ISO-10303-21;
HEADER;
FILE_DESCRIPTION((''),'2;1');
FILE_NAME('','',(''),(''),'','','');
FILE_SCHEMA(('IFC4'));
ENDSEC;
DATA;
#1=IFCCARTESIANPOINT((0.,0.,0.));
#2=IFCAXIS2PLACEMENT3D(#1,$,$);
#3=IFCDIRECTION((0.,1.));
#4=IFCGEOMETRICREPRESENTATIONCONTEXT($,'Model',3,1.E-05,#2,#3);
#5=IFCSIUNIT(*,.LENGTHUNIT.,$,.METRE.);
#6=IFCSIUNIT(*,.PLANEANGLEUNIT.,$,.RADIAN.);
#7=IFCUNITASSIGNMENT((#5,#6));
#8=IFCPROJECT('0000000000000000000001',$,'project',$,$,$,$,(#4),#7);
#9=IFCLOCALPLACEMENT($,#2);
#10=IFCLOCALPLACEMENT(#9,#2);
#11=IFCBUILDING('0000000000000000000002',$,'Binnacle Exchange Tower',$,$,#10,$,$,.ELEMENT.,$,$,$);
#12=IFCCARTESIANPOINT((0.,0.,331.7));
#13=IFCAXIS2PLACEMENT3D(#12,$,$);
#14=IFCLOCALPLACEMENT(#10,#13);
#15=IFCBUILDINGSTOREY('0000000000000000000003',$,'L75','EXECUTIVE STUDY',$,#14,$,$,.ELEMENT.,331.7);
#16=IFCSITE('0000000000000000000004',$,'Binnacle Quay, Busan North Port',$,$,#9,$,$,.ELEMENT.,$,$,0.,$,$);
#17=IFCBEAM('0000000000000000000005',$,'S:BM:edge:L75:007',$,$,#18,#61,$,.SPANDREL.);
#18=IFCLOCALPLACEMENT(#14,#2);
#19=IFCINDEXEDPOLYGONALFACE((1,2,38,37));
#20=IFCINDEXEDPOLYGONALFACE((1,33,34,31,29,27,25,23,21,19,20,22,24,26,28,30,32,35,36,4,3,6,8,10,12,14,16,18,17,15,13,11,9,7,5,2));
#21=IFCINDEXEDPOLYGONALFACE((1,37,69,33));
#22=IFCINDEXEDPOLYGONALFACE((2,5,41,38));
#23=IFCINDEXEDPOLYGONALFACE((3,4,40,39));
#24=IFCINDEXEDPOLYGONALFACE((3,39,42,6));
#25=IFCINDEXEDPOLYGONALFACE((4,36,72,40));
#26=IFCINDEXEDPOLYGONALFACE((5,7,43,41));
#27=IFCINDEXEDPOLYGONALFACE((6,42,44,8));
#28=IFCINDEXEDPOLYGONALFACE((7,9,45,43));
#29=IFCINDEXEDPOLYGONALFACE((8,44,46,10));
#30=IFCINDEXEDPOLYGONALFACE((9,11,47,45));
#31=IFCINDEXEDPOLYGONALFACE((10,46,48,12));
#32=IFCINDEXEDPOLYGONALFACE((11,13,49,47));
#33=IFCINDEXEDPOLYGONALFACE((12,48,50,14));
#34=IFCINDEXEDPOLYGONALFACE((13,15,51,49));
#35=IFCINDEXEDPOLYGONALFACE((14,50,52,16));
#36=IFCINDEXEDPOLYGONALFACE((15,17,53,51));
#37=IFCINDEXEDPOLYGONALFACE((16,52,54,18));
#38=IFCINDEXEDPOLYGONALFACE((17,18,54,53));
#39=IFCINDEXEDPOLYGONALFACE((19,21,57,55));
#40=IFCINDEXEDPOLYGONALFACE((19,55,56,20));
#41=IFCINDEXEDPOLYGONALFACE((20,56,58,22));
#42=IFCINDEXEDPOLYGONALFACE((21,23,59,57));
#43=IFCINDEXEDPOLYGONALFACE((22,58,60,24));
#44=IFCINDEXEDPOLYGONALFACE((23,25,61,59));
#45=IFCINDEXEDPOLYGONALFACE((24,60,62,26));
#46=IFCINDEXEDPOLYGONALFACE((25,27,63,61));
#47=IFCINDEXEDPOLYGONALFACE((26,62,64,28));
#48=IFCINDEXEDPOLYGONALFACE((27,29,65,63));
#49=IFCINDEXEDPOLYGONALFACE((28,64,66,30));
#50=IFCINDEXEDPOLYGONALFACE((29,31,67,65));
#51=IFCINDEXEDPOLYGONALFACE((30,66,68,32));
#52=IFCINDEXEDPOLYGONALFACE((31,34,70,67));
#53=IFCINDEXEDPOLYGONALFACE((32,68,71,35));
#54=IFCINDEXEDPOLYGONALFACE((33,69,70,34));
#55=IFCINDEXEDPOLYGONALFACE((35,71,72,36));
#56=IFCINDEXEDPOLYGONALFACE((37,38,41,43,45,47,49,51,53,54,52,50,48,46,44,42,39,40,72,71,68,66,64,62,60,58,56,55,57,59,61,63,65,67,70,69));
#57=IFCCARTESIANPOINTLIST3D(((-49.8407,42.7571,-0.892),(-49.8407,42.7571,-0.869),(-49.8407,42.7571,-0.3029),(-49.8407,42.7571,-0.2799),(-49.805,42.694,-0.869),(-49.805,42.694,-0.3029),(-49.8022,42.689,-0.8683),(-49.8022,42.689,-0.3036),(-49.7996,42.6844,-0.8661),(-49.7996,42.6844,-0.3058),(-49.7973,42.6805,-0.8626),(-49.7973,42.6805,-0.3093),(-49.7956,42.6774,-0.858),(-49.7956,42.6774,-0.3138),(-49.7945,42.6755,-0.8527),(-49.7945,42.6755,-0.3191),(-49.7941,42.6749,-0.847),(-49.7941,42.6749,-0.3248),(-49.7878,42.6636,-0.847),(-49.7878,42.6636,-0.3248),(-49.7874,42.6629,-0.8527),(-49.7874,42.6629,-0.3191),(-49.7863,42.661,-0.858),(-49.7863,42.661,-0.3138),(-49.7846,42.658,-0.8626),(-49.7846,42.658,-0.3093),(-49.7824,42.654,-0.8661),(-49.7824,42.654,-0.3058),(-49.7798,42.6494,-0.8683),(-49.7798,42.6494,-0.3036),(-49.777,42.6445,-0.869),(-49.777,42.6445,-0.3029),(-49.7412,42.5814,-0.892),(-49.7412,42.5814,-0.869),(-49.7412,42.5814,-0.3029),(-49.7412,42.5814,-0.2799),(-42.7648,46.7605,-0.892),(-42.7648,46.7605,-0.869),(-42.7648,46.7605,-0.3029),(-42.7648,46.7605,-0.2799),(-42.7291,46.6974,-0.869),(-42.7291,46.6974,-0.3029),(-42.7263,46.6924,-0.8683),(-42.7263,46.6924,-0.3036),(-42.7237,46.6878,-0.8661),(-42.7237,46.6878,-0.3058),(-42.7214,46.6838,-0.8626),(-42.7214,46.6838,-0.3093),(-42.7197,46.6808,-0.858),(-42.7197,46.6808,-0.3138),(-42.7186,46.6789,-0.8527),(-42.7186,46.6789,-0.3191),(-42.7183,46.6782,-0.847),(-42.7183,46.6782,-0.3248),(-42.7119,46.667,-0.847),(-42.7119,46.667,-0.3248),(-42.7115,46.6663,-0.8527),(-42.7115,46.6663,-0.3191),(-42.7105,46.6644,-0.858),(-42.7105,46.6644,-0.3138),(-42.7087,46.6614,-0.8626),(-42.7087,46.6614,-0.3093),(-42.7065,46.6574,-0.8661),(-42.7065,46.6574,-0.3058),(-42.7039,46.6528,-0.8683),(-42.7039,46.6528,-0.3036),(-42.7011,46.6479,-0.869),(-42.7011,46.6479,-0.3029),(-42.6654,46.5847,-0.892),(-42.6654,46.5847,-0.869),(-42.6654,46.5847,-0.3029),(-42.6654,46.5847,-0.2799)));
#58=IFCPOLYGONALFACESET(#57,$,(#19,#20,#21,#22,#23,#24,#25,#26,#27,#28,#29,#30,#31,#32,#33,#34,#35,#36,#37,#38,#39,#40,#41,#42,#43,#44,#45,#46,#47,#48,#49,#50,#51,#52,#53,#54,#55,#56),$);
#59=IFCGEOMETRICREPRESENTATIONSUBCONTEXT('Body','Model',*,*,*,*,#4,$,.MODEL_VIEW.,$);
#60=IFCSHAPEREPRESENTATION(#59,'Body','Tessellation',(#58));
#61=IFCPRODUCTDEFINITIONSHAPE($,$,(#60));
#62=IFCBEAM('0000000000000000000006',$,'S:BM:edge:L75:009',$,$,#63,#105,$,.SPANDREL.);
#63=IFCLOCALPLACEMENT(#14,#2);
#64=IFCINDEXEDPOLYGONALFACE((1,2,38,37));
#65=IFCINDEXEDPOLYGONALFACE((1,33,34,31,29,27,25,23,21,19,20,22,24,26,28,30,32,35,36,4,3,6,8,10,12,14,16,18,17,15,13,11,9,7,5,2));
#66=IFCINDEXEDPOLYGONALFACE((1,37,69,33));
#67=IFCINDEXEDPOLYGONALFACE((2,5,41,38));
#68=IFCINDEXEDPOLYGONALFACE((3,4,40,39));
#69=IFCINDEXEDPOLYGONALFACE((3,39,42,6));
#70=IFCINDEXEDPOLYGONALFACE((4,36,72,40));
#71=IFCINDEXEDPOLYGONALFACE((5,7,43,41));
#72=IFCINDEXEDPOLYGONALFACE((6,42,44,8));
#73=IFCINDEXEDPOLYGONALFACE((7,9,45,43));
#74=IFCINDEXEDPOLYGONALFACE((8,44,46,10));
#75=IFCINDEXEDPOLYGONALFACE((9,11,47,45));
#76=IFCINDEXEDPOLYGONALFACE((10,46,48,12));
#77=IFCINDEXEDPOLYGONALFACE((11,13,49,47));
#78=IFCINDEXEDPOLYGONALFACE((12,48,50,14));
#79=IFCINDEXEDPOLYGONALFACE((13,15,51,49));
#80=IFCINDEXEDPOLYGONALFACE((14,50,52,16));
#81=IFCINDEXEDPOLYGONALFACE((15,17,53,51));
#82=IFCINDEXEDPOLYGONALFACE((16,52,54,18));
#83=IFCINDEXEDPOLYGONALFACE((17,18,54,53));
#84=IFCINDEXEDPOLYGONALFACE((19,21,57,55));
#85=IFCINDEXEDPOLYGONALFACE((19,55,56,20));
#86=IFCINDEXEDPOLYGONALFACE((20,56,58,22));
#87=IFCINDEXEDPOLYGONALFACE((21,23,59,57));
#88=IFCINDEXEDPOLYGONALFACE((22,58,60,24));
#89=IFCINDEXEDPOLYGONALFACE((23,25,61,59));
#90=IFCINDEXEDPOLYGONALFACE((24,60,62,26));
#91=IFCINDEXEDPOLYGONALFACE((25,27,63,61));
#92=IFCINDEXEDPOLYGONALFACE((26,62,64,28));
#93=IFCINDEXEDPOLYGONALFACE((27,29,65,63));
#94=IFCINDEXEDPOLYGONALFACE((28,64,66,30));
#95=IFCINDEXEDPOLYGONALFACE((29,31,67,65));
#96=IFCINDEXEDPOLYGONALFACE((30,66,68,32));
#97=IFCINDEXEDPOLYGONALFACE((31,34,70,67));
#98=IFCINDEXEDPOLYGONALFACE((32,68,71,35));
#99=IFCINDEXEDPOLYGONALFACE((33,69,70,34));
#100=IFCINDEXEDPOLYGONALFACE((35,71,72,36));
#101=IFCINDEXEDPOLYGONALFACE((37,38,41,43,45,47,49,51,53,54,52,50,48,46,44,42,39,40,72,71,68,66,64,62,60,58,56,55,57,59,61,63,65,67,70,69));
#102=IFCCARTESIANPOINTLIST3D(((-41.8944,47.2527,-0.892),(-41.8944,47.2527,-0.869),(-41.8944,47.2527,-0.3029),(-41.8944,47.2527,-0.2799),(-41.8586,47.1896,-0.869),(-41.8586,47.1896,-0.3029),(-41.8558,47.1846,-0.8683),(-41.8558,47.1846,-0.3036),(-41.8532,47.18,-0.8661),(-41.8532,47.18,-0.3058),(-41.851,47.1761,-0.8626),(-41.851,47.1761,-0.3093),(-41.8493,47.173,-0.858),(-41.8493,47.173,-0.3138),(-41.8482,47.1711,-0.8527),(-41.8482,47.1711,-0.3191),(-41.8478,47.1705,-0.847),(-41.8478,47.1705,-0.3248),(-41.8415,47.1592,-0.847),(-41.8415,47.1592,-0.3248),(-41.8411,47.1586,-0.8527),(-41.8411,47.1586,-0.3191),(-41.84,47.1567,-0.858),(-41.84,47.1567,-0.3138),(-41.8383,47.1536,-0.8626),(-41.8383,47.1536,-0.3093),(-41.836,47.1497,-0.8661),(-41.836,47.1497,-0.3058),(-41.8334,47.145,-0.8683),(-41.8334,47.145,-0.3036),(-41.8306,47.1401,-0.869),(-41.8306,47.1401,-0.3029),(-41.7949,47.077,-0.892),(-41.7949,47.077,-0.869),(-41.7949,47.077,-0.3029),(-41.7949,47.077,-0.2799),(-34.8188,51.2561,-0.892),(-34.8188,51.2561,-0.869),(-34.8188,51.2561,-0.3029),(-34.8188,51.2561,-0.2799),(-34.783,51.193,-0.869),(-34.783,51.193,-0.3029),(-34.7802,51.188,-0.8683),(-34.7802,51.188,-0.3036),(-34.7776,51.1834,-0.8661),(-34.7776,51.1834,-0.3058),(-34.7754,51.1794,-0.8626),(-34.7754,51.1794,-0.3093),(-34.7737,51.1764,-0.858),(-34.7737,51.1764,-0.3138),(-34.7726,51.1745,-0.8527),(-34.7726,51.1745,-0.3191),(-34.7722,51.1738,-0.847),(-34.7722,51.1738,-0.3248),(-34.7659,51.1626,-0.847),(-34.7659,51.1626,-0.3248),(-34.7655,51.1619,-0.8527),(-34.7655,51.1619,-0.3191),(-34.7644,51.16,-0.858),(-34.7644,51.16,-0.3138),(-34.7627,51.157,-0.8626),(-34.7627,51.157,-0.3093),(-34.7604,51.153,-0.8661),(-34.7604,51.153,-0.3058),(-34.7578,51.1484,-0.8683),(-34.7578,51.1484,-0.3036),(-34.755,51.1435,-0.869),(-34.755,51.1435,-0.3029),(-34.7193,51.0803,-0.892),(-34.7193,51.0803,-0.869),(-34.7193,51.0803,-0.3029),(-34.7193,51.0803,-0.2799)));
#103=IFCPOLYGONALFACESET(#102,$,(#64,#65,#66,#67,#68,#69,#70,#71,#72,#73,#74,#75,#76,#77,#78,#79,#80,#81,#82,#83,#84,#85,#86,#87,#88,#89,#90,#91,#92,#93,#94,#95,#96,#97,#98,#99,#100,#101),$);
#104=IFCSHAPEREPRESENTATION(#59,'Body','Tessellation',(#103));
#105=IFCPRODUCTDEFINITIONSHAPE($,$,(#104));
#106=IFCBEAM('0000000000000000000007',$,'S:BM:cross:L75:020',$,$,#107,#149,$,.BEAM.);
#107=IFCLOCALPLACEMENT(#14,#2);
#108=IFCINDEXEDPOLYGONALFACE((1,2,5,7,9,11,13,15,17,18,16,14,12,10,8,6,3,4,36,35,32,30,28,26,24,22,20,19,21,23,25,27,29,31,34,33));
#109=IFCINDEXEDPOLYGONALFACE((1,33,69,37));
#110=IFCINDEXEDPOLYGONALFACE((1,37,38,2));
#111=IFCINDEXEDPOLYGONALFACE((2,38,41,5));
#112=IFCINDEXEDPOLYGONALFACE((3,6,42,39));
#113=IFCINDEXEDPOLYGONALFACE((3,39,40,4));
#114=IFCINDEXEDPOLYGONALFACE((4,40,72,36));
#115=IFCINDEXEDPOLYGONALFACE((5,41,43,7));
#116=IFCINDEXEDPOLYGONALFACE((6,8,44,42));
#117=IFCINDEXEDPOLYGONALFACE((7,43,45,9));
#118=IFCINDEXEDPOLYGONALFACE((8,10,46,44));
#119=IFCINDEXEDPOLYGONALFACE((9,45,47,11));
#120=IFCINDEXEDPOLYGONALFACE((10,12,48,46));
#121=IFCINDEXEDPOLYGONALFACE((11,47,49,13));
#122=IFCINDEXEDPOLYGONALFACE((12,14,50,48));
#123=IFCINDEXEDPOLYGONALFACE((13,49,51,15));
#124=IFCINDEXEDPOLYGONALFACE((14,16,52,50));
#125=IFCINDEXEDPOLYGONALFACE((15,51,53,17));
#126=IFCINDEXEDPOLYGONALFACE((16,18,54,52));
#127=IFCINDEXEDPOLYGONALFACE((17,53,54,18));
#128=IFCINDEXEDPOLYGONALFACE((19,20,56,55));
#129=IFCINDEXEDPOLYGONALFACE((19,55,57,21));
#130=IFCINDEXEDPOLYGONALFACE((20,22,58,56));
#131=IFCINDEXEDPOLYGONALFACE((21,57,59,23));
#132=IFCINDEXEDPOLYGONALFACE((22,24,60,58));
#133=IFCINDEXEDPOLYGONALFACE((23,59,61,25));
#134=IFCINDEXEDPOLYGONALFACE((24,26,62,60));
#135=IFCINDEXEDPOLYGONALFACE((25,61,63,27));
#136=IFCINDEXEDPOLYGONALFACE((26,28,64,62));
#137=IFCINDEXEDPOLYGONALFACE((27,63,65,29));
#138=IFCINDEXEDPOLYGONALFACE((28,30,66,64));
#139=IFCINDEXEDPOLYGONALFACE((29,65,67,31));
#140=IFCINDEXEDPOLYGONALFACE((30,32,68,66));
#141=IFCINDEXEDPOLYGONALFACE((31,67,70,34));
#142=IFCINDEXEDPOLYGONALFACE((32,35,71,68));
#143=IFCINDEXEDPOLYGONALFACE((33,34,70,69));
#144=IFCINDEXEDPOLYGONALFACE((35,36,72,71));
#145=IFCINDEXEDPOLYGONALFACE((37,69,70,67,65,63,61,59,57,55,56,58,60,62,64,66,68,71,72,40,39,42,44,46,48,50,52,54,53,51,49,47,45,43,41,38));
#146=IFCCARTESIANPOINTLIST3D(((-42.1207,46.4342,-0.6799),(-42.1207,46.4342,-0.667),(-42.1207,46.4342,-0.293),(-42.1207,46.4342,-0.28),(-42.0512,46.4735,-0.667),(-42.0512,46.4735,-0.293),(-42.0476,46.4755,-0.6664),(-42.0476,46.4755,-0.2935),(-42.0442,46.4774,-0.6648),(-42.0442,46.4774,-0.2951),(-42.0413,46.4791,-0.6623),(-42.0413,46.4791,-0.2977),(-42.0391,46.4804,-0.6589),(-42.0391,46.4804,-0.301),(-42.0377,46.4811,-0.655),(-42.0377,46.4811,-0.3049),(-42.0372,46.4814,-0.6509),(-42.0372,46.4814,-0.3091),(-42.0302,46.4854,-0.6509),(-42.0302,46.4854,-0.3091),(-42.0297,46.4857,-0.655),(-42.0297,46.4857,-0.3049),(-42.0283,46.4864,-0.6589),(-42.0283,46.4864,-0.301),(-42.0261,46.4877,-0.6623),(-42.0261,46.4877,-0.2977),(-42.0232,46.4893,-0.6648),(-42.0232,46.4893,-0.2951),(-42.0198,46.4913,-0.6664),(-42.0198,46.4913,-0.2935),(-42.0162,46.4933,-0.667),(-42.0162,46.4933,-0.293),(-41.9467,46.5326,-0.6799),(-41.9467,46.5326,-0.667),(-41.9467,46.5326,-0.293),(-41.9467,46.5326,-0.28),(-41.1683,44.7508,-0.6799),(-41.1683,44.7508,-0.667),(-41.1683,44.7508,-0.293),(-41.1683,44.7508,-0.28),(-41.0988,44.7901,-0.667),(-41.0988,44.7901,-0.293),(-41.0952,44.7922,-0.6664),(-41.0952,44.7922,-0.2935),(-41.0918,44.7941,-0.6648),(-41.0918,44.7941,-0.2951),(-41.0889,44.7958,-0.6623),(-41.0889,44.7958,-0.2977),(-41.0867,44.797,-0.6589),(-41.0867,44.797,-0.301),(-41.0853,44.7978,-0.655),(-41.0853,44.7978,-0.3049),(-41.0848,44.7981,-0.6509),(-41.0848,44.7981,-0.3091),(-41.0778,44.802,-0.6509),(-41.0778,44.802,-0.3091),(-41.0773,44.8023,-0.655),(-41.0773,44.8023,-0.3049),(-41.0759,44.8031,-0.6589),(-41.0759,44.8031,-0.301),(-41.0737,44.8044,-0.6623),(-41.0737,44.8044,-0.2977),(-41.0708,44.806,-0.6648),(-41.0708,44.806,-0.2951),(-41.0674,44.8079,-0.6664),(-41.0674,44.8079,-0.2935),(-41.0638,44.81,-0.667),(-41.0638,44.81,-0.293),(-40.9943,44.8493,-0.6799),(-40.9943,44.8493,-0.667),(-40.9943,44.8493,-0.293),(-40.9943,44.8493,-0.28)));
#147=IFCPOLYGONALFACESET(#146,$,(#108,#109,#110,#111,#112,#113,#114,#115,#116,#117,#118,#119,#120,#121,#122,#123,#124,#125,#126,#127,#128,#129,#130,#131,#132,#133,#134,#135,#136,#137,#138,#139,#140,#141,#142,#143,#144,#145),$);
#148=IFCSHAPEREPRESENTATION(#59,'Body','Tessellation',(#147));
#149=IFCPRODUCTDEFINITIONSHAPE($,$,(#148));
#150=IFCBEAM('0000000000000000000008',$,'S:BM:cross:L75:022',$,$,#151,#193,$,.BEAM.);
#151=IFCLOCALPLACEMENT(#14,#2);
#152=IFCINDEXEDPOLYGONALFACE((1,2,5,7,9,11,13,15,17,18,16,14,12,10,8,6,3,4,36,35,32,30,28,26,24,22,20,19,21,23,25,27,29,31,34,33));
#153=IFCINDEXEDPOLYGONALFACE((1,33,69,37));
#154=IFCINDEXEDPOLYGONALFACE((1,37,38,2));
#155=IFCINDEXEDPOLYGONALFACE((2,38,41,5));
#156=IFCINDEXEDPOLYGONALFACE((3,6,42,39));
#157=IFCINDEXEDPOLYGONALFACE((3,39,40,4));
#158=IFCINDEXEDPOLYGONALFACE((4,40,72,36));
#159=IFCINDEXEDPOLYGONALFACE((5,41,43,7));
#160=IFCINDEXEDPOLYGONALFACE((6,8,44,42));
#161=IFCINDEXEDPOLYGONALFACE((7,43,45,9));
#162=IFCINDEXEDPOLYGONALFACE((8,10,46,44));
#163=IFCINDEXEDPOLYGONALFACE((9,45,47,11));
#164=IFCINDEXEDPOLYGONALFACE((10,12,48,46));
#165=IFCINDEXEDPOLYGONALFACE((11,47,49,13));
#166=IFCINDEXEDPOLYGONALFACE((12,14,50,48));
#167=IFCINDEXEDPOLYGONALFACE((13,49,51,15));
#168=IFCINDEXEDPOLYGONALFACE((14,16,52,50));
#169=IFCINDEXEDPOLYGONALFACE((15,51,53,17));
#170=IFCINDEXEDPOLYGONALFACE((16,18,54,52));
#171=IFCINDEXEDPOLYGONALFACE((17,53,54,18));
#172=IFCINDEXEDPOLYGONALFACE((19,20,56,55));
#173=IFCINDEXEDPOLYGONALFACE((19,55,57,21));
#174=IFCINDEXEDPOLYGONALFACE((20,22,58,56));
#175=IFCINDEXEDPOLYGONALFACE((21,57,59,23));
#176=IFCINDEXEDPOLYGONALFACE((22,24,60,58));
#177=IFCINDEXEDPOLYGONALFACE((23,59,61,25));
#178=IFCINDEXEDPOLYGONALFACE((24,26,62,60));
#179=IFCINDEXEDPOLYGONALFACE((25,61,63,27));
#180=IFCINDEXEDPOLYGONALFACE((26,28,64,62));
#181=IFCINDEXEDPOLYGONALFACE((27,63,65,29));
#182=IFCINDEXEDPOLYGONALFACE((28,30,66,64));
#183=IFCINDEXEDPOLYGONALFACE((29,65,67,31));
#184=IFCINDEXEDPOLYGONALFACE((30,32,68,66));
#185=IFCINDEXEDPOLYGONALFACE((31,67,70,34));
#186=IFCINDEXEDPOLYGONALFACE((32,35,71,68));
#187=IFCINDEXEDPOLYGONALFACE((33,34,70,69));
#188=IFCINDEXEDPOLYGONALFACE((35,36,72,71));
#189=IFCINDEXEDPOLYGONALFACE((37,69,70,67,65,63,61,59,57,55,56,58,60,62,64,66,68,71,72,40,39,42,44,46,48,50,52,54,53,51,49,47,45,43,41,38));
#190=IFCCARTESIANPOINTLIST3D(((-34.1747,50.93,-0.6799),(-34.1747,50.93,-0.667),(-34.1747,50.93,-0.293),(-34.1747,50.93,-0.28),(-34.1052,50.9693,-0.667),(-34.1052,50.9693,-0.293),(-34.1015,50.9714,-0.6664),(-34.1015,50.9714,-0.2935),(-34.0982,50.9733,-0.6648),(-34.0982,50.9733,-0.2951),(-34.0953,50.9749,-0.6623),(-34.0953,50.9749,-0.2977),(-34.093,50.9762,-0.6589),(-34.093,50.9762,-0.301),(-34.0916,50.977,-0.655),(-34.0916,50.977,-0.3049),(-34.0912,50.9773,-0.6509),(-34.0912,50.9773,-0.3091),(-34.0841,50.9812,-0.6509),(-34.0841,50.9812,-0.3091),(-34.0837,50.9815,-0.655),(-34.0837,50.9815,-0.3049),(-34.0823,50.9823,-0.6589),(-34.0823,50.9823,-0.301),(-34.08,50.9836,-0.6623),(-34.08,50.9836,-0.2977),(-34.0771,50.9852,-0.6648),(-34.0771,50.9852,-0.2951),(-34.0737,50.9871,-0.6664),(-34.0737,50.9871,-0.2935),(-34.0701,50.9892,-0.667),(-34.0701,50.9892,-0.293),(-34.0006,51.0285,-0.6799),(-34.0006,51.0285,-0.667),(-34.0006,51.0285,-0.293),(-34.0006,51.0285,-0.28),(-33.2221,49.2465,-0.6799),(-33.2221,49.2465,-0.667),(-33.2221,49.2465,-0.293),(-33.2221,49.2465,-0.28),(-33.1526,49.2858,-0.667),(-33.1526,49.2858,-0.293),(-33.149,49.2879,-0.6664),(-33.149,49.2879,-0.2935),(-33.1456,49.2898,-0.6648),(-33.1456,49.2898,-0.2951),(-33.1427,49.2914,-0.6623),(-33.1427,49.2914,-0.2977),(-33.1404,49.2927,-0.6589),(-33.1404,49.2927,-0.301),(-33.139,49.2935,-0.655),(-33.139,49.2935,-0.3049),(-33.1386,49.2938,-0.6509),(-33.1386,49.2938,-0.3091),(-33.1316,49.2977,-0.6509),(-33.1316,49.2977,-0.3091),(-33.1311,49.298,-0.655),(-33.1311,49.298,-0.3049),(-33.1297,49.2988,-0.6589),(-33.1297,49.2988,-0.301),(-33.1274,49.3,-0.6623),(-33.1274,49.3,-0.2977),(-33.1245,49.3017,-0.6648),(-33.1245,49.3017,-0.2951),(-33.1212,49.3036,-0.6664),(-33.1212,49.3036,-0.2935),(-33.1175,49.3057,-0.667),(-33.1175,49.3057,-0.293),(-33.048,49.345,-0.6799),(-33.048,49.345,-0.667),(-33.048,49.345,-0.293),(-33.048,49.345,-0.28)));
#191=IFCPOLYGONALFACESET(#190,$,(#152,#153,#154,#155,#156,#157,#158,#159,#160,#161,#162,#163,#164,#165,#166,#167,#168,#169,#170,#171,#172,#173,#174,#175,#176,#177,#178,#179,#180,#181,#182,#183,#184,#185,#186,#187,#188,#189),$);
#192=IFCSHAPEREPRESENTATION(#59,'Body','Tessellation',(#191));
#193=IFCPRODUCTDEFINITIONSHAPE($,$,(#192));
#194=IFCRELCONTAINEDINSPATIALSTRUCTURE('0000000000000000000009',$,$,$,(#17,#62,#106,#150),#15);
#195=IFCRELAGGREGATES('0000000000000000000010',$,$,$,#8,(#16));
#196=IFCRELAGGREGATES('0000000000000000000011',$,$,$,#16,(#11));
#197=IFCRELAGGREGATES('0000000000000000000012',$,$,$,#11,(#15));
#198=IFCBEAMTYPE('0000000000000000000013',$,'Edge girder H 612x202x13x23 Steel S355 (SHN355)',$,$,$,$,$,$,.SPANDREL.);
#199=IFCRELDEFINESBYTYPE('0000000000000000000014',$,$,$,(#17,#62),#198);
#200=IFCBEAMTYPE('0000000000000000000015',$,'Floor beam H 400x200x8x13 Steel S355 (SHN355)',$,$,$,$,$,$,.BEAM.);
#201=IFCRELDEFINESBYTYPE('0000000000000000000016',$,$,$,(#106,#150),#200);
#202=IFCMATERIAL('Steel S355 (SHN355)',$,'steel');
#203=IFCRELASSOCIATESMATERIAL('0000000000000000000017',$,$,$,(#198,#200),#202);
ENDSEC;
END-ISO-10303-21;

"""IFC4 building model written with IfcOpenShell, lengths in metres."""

from ifc_helpers import new_model, si_unit, direction, frame, origin, origin_2d, place, context, subcontext, project, spatial, i_section, extrude, material, material_profile, profile_set, type_object, element, save


model = new_model("IFC4")

# Units and contexts
model_context = context("Model", 3, precision=1e-05, world=origin(), true_north=direction((0.0, 1.0)))
body_context = subcontext(model_context, "Body", "Model", "MODEL_VIEW")
ifc_project = project(units=[si_unit("LENGTHUNIT", "METRE"), si_unit("PLANEANGLEUNIT", "RADIAN")], contexts=[model_context])

# Site, building, storey
site_placement = place(None, origin())
site = spatial("IfcSite", under=ifc_project, at=site_placement, Name="Binnacle Quay, Busan North Port", CompositionType="ELEMENT", RefElevation=0.0)
building_placement = place(site_placement, origin())
building = spatial("IfcBuilding", under=site, at=building_placement, Name="Binnacle Exchange Tower", CompositionType="ELEMENT")
storey_placement = place(building_placement, frame((0.0, 0.0, 331.7)))
storey = spatial("IfcBuildingStorey", under=building, at=storey_placement, Name="L75", Description="EXECUTIVE STUDY", CompositionType="ELEMENT", Elevation=331.7)

# Beams
ifc_material_1 = material(Name="Steel S355 (SHN355)", Category="steel")
ifc_material_profile_1 = material_profile(ifc_material_1, i_section(OverallWidth=0.2019, OverallDepth=0.6121, WebThickness=0.0129, FlangeThickness=0.0229, FilletRadius=0.022, at=origin_2d()), Name="H 612x202x13x23")
ifc_profile_set_1 = profile_set([ifc_material_profile_1], Name="Steel S355 (SHN355)")
beam_type_1 = type_object("IfcBeamType", Name="Edge girder H 612x202x13x23 Steel S355 (SHN355)", PredefinedType="SPANDREL", material=ifc_profile_set_1)
beam_1_placement = place(storey_placement, frame((-42.7151, 46.6726, -0.5859), z_axis=(-0.870353, -0.492428, 0.0), x_axis=(0.492428, -0.870353, 0.0)))
element("IfcBeam", 1, at=beam_1_placement, inside=storey, type_object=beam_type_1, Name="S:BM:edge:L75:007", PredefinedType="SPANDREL", context=body_context, shape_type="SweptSolid", body=[
    extrude(i_section(OverallWidth=0.2019, OverallDepth=0.6121, WebThickness=0.0129, FlangeThickness=0.0229, FilletRadius=0.022, at=origin_2d()), origin(), (0.0, 0.0, 1.0), 8.1299),
])
beam_2_placement = place(storey_placement, frame((-34.769, 51.1682, -0.5859), z_axis=(-0.870346, -0.492441, 0.0), x_axis=(0.492441, -0.870346, 0.0)))
element("IfcBeam", 2, at=beam_2_placement, inside=storey, type_object=beam_type_1, Name="S:BM:edge:L75:009", PredefinedType="SPANDREL", context=body_context, shape_type="SweptSolid", body=[
    extrude(i_section(OverallWidth=0.2019, OverallDepth=0.6121, WebThickness=0.0129, FlangeThickness=0.0229, FilletRadius=0.022, at=origin_2d()), origin(), (0.0, 0.0, 1.0), 8.1296),
])
ifc_material_profile_2 = material_profile(ifc_material_1, i_section(OverallWidth=0.2, OverallDepth=0.3999, WebThickness=0.0081, FlangeThickness=0.0129, FilletRadius=0.0161, at=origin_2d()), Name="H 400x200x8x13")
ifc_profile_set_2 = profile_set([ifc_material_profile_2], Name="Steel S355 (SHN355)")
beam_type_2 = type_object("IfcBeamType", Name="Floor beam H 400x200x8x13 Steel S355 (SHN355)", PredefinedType="BEAM", material=ifc_profile_set_2)
beam_3_placement = place(storey_placement, frame((-42.0337, 46.4834, -0.48), z_axis=(0.492423, -0.870356, 0.0), x_axis=(0.870356, 0.492423, 0.0)))
element("IfcBeam", 3, at=beam_3_placement, inside=storey, type_object=beam_type_2, Name="S:BM:cross:L75:020", PredefinedType="BEAM", context=body_context, shape_type="SweptSolid", body=[
    extrude(i_section(OverallWidth=0.2, OverallDepth=0.3999, WebThickness=0.0081, FlangeThickness=0.0129, FilletRadius=0.0161, at=origin_2d()), origin(), (0.0, 0.0, 1.0), 1.9341),
])
beam_4_placement = place(storey_placement, frame((-34.0876, 50.9792, -0.48), z_axis=(0.492465, -0.870332, 0.0), x_axis=(0.870332, 0.492465, 0.0)))
element("IfcBeam", 4, at=beam_4_placement, inside=storey, type_object=beam_type_2, Name="S:BM:cross:L75:022", PredefinedType="BEAM", context=body_context, shape_type="SweptSolid", body=[
    extrude(i_section(OverallWidth=0.2, OverallDepth=0.3999, WebThickness=0.0081, FlangeThickness=0.0129, FilletRadius=0.0161, at=origin_2d()), origin(), (0.0, 0.0, 1.0), 1.9343),
])

save(model, "model.ifc")
